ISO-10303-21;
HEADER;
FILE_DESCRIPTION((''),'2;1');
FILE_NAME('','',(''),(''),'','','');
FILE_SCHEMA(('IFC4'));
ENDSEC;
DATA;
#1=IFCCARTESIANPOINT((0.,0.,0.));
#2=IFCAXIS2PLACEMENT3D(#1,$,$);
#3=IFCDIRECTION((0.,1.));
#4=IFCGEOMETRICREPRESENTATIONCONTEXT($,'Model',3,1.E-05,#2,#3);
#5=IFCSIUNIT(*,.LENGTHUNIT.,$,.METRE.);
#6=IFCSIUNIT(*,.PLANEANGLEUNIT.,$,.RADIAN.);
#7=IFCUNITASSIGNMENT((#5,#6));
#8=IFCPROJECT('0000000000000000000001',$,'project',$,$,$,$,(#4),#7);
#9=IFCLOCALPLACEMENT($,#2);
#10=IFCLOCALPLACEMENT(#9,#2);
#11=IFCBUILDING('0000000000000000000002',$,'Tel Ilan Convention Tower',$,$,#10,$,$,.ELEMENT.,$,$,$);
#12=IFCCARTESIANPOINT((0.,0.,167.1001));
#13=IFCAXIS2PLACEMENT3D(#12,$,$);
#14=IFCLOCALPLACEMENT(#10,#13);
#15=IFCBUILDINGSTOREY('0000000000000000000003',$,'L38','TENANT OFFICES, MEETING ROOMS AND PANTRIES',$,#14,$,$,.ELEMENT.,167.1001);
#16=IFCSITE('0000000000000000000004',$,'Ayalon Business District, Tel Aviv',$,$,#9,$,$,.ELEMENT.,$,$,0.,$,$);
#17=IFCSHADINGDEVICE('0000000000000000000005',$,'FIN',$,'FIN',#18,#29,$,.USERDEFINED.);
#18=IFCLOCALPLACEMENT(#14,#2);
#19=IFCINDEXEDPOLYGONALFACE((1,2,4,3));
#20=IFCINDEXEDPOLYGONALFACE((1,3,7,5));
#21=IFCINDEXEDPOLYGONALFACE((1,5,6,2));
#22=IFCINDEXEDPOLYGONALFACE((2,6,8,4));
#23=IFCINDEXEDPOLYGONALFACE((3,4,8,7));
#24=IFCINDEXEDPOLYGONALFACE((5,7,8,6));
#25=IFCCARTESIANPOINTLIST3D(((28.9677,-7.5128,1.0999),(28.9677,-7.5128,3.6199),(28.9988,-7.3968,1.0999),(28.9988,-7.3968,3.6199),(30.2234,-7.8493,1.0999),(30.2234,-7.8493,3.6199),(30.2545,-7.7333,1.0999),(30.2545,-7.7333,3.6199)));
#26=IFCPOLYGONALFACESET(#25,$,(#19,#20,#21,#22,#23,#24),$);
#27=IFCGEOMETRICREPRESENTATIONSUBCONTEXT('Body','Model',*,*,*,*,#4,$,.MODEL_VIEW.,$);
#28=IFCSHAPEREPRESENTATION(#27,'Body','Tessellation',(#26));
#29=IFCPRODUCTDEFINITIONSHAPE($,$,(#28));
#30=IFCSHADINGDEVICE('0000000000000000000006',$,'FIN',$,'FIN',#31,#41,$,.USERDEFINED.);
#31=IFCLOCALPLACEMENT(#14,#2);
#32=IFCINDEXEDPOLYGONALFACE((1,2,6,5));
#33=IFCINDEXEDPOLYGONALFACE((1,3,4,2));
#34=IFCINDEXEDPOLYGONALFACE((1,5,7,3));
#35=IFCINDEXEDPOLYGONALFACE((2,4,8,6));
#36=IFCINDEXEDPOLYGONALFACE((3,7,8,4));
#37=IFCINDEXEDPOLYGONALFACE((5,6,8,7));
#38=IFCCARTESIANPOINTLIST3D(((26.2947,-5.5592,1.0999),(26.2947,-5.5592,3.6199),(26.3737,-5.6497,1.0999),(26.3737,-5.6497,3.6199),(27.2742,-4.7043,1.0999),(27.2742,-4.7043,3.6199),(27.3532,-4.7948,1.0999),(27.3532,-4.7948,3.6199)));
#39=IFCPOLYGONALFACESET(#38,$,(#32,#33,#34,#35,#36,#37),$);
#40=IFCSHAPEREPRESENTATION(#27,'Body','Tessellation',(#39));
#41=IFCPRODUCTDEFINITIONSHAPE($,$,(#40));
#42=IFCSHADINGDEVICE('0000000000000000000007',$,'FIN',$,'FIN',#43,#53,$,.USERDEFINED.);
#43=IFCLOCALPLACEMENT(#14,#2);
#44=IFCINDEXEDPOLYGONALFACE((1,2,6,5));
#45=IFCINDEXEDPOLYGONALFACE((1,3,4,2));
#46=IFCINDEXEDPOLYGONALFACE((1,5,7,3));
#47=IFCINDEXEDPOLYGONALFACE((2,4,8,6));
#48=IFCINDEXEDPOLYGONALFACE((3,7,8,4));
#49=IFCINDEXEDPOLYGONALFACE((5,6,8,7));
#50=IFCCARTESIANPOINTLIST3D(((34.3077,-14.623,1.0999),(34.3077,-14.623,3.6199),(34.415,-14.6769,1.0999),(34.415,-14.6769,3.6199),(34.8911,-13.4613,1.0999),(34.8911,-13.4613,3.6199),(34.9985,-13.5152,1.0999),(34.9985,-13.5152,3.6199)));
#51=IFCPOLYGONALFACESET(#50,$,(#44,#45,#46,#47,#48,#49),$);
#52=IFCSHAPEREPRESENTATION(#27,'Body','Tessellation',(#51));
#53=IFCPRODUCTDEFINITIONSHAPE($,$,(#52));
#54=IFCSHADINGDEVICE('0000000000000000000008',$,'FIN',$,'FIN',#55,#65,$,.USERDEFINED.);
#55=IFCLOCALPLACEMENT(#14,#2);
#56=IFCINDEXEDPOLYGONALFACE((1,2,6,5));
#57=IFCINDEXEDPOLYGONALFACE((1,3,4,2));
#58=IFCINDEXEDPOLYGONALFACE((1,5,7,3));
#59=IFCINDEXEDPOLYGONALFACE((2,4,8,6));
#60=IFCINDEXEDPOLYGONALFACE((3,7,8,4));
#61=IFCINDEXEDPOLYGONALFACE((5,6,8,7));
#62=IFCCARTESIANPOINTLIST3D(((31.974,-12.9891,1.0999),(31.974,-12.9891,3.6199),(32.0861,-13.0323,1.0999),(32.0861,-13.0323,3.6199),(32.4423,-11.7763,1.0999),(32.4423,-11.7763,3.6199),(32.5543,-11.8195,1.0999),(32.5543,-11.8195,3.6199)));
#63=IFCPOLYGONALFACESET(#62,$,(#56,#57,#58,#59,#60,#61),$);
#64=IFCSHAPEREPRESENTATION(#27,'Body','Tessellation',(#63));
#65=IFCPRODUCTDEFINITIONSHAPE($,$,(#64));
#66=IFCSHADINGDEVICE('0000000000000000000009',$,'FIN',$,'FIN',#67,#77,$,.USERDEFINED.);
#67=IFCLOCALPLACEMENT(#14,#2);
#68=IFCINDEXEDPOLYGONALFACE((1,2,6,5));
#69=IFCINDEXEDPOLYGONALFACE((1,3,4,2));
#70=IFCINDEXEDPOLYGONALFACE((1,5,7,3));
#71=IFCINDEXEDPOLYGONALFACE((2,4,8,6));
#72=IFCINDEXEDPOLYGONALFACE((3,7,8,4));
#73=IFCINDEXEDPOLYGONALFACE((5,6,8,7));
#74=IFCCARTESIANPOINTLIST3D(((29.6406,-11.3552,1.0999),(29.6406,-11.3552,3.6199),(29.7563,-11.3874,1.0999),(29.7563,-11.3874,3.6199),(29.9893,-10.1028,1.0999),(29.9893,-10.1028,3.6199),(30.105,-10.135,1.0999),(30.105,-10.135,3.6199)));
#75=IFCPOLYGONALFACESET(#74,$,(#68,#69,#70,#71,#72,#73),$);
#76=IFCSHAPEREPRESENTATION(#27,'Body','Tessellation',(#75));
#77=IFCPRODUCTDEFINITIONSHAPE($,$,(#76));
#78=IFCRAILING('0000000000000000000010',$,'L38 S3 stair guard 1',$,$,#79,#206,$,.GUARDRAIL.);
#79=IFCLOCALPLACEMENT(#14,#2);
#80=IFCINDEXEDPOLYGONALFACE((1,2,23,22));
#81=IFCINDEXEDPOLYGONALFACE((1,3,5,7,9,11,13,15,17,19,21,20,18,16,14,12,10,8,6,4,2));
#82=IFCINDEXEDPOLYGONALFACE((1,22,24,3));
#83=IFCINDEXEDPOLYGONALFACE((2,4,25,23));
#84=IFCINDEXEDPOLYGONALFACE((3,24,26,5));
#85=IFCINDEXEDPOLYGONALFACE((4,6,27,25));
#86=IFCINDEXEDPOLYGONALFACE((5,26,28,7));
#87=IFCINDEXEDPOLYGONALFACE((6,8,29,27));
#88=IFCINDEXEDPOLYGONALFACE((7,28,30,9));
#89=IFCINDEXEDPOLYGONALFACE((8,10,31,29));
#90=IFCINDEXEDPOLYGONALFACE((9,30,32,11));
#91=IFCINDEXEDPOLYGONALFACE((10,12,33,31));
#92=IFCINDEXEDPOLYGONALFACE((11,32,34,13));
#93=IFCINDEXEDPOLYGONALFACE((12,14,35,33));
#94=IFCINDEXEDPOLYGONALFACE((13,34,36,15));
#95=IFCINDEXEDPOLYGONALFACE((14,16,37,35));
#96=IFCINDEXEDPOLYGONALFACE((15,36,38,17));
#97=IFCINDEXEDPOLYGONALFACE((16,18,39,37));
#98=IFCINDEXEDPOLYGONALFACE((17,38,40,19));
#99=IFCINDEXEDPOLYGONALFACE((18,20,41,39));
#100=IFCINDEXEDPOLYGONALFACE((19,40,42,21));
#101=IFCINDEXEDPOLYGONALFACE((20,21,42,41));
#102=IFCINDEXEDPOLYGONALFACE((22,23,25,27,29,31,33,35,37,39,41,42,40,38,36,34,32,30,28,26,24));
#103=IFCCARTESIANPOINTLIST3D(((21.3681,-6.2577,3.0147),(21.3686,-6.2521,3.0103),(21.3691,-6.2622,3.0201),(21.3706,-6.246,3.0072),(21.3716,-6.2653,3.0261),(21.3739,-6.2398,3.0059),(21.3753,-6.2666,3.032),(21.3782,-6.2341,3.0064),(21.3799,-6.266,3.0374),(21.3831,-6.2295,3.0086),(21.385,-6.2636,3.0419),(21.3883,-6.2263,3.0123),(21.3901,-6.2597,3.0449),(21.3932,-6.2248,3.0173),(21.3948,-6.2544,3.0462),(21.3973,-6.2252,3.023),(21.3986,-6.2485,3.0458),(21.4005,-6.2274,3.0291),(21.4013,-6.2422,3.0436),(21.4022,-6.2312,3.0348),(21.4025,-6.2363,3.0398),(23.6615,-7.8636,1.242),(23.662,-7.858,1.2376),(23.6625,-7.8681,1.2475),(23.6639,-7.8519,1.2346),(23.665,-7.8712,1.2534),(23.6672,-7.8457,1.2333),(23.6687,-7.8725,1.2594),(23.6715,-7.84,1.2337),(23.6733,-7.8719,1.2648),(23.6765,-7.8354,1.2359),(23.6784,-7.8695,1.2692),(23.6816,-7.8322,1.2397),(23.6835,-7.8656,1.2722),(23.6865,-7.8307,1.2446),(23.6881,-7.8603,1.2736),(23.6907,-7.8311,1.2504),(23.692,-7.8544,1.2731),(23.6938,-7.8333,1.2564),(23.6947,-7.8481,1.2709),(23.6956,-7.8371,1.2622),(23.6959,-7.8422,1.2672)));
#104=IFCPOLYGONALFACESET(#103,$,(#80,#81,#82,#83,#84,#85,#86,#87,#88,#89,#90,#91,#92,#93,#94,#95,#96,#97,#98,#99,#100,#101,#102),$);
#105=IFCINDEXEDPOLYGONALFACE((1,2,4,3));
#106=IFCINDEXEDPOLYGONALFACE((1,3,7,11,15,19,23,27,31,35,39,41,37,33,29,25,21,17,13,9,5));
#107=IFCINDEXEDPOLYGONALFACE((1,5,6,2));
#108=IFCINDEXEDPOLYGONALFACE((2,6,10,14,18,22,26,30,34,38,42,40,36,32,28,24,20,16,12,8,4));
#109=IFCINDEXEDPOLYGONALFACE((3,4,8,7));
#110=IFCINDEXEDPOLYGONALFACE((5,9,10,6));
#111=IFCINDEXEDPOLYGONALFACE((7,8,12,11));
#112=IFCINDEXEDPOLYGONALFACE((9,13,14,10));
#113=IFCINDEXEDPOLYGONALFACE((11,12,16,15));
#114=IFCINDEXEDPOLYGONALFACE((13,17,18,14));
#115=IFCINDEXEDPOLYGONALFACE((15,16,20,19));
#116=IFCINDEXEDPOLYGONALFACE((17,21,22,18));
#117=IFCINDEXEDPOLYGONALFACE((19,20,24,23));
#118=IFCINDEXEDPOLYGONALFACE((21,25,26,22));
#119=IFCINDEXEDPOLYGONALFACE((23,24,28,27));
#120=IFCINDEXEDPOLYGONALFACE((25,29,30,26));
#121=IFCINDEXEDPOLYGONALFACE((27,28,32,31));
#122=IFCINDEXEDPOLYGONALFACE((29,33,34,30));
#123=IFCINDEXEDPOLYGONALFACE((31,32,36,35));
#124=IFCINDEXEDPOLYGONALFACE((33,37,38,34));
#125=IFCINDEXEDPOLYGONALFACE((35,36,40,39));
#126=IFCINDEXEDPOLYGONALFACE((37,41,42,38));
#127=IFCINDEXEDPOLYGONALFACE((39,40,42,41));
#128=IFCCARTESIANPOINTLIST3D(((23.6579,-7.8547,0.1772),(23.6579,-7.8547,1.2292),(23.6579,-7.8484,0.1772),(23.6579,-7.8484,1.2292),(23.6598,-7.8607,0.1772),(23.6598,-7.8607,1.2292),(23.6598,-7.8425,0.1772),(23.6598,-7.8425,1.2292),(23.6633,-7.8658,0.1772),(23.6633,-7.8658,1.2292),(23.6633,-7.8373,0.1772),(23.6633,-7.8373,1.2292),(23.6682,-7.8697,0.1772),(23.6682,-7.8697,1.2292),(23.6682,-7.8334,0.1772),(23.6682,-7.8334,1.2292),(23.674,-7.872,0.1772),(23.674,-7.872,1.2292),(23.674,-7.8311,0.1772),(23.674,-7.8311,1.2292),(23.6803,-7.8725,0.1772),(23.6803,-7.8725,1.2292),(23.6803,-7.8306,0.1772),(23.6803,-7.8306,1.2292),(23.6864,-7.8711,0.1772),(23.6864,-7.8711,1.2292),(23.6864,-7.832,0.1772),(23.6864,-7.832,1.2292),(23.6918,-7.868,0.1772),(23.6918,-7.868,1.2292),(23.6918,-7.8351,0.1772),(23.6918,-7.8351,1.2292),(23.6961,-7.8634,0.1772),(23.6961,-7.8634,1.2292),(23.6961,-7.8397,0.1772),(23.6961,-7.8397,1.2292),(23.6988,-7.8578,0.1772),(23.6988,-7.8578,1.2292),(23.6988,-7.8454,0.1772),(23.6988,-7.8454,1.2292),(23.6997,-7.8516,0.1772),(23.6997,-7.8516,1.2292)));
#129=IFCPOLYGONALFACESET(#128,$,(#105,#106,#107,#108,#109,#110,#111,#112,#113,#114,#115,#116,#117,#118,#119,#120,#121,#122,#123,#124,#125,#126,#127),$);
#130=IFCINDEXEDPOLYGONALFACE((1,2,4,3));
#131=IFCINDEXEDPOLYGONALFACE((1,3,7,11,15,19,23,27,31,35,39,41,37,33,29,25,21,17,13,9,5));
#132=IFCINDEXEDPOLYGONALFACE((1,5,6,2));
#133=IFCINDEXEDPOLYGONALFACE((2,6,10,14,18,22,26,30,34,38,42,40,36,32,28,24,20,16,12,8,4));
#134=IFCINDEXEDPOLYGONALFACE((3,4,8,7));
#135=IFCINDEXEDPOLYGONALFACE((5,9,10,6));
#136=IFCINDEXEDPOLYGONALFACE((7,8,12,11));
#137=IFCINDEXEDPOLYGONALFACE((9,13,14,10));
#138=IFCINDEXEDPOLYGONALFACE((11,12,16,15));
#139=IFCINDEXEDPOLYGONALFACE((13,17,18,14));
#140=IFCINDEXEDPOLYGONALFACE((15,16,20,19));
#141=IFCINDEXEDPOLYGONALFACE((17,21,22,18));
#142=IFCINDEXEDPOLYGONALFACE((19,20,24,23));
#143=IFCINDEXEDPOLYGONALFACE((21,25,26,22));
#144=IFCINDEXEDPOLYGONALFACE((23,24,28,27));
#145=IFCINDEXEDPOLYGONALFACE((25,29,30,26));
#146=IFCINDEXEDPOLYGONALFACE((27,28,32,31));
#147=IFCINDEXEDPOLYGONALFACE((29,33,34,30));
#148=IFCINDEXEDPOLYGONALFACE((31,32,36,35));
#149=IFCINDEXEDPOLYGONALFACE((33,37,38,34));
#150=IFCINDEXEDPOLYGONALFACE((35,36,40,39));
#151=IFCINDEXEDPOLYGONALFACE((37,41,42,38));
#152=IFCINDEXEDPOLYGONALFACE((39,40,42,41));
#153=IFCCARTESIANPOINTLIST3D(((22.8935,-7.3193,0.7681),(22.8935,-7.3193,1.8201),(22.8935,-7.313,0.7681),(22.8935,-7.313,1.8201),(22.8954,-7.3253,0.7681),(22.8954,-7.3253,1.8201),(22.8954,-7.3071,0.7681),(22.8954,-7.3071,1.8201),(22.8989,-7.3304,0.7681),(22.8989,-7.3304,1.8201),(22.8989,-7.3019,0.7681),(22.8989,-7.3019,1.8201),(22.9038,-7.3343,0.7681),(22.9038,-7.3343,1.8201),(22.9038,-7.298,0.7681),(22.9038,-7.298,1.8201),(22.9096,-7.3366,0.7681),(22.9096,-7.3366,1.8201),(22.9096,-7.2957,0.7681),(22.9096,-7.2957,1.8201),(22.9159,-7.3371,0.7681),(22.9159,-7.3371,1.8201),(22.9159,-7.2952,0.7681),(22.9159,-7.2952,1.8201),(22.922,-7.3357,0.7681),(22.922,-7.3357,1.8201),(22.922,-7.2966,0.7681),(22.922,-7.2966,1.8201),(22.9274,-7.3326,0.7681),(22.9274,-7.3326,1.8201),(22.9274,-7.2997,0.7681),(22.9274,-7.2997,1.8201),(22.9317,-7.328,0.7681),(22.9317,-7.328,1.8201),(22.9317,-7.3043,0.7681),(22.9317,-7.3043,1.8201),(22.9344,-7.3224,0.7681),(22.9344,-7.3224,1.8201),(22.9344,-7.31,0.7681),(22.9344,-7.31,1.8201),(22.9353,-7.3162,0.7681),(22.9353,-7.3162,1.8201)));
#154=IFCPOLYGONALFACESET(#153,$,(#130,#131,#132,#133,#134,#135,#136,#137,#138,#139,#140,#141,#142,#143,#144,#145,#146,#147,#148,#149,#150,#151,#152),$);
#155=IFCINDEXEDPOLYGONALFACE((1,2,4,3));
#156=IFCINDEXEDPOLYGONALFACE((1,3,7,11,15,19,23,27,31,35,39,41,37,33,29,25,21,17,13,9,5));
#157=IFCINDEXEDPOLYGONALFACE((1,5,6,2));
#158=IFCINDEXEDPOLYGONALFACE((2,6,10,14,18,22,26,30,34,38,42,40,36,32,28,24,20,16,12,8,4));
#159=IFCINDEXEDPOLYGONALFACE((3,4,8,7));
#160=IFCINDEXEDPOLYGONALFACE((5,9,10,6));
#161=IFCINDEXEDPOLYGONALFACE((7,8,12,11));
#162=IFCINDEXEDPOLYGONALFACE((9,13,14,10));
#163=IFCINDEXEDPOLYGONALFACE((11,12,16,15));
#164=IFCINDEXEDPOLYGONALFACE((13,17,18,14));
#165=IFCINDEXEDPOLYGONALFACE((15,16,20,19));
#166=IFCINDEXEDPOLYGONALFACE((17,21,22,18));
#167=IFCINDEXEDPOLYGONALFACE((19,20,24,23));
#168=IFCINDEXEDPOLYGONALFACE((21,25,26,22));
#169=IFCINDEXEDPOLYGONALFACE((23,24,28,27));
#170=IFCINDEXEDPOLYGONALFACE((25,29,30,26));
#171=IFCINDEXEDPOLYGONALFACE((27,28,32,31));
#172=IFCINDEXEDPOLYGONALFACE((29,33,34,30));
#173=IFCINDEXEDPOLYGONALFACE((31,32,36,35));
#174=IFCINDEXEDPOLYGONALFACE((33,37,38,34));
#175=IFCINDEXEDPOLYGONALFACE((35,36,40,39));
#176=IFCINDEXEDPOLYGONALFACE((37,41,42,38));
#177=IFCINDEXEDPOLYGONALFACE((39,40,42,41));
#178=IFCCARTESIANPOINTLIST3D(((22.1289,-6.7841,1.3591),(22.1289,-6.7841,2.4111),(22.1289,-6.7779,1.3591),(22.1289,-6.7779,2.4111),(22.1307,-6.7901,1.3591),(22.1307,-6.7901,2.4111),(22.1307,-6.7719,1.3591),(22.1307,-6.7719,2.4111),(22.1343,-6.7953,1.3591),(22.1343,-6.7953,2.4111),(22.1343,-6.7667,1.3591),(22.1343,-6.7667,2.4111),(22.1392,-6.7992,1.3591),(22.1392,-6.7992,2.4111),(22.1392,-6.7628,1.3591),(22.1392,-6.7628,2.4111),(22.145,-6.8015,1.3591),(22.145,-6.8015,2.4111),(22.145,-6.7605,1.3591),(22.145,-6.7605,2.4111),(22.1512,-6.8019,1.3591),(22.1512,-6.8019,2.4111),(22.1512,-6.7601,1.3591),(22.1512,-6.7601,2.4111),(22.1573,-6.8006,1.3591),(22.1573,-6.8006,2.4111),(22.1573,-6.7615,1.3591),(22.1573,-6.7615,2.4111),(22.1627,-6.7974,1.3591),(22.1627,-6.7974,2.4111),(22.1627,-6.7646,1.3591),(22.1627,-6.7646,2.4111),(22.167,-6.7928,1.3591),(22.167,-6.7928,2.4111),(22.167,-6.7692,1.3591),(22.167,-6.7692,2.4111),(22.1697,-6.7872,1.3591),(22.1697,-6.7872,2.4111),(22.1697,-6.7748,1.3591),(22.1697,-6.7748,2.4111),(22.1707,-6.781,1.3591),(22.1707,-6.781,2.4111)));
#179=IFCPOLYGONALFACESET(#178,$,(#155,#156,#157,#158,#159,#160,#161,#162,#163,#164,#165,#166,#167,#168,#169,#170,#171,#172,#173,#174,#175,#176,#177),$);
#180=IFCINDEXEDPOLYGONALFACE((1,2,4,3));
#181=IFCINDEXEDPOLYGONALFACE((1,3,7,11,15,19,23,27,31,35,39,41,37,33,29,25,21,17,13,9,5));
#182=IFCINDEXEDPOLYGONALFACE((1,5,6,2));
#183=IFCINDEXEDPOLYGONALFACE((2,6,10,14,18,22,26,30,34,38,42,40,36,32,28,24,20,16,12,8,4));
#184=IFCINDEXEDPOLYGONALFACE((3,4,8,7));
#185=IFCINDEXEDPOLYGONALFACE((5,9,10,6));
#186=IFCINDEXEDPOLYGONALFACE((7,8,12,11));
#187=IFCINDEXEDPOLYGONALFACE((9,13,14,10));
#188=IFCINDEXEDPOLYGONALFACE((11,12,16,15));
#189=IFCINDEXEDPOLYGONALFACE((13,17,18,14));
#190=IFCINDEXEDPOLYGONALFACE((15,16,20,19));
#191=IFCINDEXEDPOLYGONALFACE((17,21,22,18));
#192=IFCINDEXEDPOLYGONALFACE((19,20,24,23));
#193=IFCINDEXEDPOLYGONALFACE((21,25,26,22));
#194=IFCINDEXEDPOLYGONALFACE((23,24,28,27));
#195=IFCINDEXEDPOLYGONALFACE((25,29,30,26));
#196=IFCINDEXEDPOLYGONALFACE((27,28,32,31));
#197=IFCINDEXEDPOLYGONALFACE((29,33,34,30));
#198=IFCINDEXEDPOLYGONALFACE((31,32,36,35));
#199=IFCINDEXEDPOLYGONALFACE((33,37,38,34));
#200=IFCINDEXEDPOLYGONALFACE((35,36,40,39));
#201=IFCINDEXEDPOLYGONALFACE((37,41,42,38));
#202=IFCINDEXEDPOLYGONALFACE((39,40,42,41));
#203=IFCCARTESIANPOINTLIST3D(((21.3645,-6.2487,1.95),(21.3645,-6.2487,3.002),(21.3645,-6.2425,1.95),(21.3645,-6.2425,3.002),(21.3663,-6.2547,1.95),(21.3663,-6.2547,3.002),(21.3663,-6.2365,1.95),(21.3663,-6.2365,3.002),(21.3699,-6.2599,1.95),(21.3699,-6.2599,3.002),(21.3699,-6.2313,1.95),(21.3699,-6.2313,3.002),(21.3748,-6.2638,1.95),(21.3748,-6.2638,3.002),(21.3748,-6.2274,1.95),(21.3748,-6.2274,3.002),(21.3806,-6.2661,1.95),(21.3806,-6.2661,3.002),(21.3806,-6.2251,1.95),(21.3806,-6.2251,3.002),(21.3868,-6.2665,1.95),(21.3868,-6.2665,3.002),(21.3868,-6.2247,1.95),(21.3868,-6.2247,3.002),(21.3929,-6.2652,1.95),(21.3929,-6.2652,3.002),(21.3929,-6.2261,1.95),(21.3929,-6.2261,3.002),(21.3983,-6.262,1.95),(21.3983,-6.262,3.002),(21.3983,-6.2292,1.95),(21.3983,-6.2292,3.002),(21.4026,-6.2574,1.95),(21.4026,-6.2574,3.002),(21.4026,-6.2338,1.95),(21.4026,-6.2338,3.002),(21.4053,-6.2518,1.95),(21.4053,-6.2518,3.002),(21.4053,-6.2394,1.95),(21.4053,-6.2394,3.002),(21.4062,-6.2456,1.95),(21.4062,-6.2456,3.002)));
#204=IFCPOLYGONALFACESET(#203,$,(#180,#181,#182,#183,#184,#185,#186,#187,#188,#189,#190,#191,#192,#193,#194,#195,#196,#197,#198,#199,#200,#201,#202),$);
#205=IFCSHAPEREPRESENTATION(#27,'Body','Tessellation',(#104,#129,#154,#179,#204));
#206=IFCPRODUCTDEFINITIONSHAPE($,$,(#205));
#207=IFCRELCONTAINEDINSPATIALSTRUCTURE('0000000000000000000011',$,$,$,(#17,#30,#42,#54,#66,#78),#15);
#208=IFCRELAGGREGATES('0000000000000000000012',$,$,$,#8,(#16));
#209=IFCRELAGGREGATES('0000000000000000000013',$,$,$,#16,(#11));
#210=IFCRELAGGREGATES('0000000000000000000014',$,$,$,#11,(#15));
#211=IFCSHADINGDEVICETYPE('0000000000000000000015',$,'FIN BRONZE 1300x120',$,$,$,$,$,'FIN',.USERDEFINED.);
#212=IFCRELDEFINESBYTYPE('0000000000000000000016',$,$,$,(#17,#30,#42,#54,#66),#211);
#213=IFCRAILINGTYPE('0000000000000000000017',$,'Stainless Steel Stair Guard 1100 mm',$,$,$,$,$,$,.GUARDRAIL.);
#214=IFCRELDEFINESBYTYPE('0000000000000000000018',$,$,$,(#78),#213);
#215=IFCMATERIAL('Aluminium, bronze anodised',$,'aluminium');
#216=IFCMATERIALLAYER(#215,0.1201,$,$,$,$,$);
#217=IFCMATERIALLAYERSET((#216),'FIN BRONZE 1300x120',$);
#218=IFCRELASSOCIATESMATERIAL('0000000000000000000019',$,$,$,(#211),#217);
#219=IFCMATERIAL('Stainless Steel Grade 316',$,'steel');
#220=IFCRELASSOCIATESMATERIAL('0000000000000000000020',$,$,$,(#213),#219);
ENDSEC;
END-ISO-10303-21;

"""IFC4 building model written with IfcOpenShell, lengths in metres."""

from ifc_helpers import new_model, si_unit, direction, frame, origin, origin_2d, place, context, subcontext, project, spatial, rectangle, circle, extrude, material, layer, layer_set, type_object, element, save


model = new_model("IFC4")

# Units and contexts
model_context = context("Model", 3, precision=1e-05, world=origin(), true_north=direction((0.0, 1.0)))
body_context = subcontext(model_context, "Body", "Model", "MODEL_VIEW")
ifc_project = project(units=[si_unit("LENGTHUNIT", "METRE"), si_unit("PLANEANGLEUNIT", "RADIAN")], contexts=[model_context])

# Site, building, storey
site_placement = place(None, origin())
site = spatial("IfcSite", under=ifc_project, at=site_placement, Name="Ayalon Business District, Tel Aviv", CompositionType="ELEMENT", RefElevation=0.0)
building_placement = place(site_placement, origin())
building = spatial("IfcBuilding", under=site, at=building_placement, Name="Tel Ilan Convention Tower", CompositionType="ELEMENT")
storey_placement = place(building_placement, frame((0.0, 0.0, 167.1001)))
storey = spatial("IfcBuildingStorey", under=building, at=storey_placement, Name="L38", Description="TENANT OFFICES, MEETING ROOMS AND PANTRIES", CompositionType="ELEMENT", Elevation=167.1001)

# Shading devices
ifc_material_1 = material(Name="Aluminium, bronze anodised", Category="aluminium")
ifc_layer_1 = layer(ifc_material_1, 0.1201)
ifc_layer_set_1 = layer_set([ifc_layer_1], Name="FIN BRONZE 1300x120")
shading_device_type = type_object("IfcShadingDeviceType", Name="FIN BRONZE 1300x120", ElementType="FIN", PredefinedType="USERDEFINED", material=ifc_layer_set_1)
for number, where, z_axis, x_axis, name in (
    (1, (29.6111, -7.623, 1.0999), (0.0, 0.0, 1.0), (0.965926, -0.258819, 0.0), "FIN"),
    (2, (26.824, -5.177, 1.0999), (0.0, 0.0, 1.0), (0.753436, 0.657521, 0.0), "FIN"),
    (3, (34.6531, -14.0691, 1.0999), (0.0, 0.0, 1.0), (0.448799, 0.893633, 0.0), "FIN"),
    (4, (32.2642, -12.4043, 1.0999), (0.0, 0.0, 1.0), (0.360178, 0.932884, 0.0), "FIN"),
    (5, (29.8728, -10.7451, 1.0999), (0.0, 0.0, 1.0), (0.268173, 0.963371, 0.0), "FIN"),
):
    element("IfcShadingDevice", number, at=place(storey_placement, frame(where, z_axis=z_axis, x_axis=x_axis)), inside=storey, type_object=shading_device_type, Name=name, ObjectType="FIN", PredefinedType="USERDEFINED", context=body_context, shape_type="SweptSolid", body=[
        extrude(rectangle(XDim=1.3, YDim=0.1201, at=origin_2d()), origin(), (0.0, 0.0, 1.0), 2.52),
    ])

# Railing
ifc_material_2 = material(Name="Stainless Steel Grade 316", Category="steel")
railing_type_1 = type_object("IfcRailingType", Name="Stainless Steel Stair Guard 1100 mm", PredefinedType="GUARDRAIL", material=ifc_material_2)
railing_1_placement = place(storey_placement, frame((23.6787, -7.8516, 0.1772)))
element("IfcRailing", 6, at=railing_1_placement, inside=storey, type_object=railing_type_1, Name="L38 S3 stair guard 1", PredefinedType="GUARDRAIL", context=body_context, shape_type="SweptSolid", body=[
    extrude(circle(Radius=0.0239, at=origin_2d()), frame((0.0, 0.0, 1.0762), z_axis=(-0.692085, 0.484621, 0.53494), x_axis=(-0.573591, -0.819142, 0.0)), (0.0, 0.0, 1.0), 3.3137),
    extrude(circle(Radius=0.021, at=origin_2d()), origin(), (0.0, 0.0, 1.0), 1.052),
    extrude(circle(Radius=0.021, at=origin_2d()), frame((-0.7644, 0.5354, 0.5908)), (0.0, 0.0, 1.0), 1.052),
    extrude(circle(Radius=0.021, at=origin_2d()), frame((-1.5291, 1.0706, 1.1819)), (0.0, 0.0, 1.0), 1.052),
    extrude(circle(Radius=0.021, at=origin_2d()), frame((-2.2935, 1.606, 1.7727)), (0.0, 0.0, 1.0), 1.052),
])

save(model, "model.ifc")
